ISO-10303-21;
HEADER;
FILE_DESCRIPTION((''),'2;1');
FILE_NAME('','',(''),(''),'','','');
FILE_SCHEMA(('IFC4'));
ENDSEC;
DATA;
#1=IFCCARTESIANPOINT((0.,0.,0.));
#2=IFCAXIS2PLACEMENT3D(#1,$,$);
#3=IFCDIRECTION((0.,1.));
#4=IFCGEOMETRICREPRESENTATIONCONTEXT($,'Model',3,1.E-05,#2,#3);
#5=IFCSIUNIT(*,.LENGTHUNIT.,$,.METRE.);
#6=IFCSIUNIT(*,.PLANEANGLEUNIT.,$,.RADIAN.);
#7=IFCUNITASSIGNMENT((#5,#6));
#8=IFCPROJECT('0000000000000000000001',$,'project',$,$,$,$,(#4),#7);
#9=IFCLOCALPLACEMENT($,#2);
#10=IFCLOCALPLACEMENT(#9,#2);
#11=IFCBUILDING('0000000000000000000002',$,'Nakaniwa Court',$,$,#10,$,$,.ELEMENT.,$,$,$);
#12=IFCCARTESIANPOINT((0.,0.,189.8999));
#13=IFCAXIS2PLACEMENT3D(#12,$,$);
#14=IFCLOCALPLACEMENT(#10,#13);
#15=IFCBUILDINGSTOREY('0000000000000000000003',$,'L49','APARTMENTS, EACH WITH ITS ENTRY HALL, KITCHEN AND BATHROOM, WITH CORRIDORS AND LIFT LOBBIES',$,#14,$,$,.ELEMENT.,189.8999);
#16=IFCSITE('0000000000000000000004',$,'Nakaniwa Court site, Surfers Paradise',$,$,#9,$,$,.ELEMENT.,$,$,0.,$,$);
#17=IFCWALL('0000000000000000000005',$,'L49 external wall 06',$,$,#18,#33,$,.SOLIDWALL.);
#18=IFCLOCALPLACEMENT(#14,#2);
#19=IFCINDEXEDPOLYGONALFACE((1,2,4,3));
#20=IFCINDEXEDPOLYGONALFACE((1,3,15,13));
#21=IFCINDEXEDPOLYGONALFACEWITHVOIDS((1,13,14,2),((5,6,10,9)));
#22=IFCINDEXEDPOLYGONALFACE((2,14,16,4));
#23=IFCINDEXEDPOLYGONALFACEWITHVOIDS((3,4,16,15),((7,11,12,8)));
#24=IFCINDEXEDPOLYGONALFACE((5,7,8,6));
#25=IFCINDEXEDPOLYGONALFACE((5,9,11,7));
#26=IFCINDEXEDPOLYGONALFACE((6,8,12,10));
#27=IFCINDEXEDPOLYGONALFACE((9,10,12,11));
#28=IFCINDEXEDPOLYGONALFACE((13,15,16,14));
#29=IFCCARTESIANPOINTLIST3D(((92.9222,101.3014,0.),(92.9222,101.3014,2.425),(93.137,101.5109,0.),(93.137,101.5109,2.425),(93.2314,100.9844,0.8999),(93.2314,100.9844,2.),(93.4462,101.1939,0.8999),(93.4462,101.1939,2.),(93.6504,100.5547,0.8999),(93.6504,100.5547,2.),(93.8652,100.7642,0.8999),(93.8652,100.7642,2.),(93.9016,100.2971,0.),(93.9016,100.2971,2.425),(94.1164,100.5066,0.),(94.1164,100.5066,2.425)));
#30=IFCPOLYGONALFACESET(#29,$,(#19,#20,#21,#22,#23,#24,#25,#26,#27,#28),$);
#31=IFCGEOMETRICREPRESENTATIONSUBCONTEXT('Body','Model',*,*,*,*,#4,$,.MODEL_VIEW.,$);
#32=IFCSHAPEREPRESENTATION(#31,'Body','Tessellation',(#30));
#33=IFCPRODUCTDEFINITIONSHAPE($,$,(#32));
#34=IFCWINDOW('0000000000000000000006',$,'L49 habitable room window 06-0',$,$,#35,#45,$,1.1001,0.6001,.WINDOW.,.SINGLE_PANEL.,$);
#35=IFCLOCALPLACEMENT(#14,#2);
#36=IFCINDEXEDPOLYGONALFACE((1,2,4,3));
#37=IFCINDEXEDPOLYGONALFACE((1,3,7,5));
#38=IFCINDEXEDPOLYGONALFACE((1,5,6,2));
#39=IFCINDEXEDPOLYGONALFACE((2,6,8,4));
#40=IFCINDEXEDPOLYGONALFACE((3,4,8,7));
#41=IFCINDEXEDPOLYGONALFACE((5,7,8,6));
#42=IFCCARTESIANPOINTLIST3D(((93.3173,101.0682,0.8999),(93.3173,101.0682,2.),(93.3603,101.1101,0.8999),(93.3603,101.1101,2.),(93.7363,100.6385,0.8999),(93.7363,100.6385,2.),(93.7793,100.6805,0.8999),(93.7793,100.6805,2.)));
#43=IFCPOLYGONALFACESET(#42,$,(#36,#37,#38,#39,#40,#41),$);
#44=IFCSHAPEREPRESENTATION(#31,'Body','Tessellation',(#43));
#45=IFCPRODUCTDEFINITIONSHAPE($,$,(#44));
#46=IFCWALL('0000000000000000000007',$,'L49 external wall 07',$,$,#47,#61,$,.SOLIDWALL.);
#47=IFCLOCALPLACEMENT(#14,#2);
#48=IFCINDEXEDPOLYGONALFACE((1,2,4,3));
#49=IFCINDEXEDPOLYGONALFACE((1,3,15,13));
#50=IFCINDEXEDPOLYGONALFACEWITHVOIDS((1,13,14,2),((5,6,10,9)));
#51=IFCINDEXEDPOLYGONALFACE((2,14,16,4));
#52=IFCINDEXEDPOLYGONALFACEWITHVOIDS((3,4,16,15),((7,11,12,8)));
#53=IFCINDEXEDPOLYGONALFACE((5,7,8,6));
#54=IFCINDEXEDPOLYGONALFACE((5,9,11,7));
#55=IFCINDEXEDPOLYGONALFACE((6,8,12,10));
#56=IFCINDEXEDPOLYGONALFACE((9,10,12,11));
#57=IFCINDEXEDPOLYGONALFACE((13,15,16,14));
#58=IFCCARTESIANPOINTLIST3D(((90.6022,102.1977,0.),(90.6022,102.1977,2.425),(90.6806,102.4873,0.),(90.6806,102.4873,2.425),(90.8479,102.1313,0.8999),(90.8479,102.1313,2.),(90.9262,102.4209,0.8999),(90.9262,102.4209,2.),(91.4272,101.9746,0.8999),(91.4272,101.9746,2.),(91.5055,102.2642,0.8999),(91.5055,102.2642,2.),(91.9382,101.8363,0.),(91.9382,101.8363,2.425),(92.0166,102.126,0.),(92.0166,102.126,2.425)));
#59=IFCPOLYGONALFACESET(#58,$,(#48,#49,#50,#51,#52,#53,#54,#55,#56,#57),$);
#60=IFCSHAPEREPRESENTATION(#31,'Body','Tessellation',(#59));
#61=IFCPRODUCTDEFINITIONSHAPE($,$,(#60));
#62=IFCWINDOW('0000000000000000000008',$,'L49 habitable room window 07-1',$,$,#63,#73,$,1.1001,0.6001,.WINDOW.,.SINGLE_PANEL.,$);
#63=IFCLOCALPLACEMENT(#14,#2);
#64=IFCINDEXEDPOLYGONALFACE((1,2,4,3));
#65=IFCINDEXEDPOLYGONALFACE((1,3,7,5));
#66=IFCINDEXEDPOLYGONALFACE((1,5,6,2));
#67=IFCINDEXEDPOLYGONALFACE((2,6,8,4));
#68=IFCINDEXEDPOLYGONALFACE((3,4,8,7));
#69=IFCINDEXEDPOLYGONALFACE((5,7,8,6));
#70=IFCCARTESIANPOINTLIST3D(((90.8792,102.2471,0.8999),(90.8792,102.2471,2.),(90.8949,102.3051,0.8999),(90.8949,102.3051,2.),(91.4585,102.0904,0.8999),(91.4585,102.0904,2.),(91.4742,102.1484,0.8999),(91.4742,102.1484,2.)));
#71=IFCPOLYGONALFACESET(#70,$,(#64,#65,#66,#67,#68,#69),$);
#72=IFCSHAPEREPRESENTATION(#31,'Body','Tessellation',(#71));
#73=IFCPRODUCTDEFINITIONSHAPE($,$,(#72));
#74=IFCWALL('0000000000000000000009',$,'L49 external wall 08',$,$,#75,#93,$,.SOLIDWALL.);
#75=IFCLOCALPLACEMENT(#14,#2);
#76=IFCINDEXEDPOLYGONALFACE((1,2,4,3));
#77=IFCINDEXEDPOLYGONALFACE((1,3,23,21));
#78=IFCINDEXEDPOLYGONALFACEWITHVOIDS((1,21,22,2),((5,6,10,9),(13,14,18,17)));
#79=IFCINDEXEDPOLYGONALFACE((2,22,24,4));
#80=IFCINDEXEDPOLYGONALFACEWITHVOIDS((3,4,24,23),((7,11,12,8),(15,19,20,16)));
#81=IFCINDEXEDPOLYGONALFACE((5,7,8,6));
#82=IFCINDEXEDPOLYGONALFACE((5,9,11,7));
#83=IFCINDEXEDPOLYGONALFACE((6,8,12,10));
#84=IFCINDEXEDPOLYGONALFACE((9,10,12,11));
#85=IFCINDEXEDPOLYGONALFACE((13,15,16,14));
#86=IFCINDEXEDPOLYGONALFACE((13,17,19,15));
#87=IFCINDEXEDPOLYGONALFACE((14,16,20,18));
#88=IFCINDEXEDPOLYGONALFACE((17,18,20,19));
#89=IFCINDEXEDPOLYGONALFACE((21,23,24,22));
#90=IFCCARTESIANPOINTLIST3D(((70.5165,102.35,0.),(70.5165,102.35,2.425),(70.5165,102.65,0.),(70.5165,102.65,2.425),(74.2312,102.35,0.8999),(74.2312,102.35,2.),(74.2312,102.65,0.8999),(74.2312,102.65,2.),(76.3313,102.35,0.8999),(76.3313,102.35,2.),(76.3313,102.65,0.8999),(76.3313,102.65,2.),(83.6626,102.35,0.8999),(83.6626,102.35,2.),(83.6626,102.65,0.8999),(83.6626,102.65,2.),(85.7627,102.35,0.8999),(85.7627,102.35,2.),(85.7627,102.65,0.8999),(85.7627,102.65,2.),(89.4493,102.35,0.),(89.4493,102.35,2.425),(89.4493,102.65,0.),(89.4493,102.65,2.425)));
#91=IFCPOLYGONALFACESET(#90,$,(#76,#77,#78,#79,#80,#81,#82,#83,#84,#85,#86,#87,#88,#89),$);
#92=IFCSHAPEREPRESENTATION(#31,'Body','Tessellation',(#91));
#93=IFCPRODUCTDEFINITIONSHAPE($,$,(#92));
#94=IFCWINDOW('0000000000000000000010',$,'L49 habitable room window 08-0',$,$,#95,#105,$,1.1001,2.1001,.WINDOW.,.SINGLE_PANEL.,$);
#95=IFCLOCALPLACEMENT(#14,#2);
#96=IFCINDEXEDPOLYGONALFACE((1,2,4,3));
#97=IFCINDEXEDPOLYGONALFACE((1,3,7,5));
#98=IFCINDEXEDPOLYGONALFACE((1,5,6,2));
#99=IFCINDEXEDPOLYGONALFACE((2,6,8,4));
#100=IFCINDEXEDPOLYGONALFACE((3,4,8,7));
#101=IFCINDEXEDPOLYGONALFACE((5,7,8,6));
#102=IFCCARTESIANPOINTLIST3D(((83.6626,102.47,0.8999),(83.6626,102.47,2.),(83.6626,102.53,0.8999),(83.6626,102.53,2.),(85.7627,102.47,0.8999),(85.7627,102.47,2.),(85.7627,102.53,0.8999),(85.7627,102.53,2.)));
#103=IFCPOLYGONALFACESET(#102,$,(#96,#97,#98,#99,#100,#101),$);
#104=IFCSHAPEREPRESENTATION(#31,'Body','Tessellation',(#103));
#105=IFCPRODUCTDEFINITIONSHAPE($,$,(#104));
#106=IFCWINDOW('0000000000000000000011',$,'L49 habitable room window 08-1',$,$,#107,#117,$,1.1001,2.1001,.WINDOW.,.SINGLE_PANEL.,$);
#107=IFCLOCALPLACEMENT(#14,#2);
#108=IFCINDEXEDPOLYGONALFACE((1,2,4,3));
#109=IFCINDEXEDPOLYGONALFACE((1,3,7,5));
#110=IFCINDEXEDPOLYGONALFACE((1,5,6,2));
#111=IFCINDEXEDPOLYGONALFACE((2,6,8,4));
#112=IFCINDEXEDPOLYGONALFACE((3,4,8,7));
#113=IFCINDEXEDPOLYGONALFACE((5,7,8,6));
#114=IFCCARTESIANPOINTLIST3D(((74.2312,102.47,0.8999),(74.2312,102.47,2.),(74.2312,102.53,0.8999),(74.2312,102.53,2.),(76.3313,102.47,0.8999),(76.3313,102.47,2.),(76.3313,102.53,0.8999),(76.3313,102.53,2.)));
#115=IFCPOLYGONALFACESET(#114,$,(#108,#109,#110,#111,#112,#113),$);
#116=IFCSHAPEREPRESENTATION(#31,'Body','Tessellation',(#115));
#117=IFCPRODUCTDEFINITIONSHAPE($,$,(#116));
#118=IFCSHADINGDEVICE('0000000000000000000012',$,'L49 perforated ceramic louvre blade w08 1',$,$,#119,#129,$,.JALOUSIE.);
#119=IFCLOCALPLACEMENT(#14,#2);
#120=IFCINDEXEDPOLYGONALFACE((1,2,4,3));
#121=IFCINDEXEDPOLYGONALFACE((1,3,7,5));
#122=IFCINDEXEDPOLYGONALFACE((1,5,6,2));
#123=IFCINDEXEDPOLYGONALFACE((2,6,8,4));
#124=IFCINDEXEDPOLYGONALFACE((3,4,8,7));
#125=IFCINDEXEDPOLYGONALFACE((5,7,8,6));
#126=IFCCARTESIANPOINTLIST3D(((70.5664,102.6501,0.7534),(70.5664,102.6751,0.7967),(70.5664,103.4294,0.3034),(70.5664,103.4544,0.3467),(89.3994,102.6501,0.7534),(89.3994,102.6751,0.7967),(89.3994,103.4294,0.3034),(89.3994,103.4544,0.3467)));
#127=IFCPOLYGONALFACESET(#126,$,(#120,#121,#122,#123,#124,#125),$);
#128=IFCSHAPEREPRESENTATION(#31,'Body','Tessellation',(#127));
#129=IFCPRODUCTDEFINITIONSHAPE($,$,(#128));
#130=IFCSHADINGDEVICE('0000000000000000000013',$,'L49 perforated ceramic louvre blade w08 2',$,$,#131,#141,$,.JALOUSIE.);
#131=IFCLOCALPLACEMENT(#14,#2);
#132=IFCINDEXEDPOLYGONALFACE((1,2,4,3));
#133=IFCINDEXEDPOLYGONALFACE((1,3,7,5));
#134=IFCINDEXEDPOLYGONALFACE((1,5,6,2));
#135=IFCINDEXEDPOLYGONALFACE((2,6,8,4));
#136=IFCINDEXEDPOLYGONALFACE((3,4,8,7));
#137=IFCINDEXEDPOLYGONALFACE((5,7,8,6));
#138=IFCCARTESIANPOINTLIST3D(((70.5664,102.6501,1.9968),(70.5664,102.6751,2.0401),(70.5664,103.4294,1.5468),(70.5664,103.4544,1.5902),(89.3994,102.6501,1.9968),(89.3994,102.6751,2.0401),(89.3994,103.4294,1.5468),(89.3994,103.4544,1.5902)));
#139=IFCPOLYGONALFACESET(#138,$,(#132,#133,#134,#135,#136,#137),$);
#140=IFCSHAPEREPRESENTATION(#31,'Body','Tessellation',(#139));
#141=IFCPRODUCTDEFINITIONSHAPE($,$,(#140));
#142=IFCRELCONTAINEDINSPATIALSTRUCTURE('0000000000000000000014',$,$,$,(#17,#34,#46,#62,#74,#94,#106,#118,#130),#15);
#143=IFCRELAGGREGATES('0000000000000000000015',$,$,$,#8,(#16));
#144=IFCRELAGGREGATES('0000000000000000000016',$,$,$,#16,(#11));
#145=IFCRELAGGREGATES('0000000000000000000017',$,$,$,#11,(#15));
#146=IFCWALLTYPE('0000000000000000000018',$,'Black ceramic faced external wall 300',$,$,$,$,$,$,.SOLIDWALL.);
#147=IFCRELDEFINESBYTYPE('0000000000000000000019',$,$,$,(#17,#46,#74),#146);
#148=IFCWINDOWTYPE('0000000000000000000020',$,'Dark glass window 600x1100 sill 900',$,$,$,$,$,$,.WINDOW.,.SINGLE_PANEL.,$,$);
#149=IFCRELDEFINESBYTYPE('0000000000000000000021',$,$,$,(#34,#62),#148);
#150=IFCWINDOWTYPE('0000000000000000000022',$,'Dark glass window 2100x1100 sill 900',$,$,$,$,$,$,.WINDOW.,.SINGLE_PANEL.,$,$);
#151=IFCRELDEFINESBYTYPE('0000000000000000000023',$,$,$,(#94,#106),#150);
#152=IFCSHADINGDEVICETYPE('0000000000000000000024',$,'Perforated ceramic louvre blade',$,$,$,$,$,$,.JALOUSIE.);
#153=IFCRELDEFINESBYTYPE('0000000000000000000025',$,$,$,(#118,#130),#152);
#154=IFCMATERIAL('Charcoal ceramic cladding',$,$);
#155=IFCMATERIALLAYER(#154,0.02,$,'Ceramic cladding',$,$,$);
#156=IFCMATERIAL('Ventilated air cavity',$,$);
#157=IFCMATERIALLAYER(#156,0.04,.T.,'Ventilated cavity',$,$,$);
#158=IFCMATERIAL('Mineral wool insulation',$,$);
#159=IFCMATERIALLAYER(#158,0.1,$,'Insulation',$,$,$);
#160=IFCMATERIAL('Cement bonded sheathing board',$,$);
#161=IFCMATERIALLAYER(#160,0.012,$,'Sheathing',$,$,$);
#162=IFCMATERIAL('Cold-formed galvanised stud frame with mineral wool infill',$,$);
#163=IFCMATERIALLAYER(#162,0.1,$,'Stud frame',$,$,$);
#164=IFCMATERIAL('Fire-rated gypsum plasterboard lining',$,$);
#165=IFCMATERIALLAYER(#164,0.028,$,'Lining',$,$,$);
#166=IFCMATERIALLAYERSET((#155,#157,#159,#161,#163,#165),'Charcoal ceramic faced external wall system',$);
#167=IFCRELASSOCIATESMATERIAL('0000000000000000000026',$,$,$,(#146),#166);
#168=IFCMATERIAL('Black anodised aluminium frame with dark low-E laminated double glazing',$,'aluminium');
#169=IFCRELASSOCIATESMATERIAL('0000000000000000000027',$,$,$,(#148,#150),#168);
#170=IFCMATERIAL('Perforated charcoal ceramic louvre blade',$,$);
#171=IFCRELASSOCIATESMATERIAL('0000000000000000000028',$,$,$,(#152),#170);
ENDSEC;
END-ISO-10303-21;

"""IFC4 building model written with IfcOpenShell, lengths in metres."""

from ifc_helpers import new_model, si_unit, direction, frame, frame_2d, origin, origin_2d, place, context, subcontext, project, spatial, rectangle, extrude, material, layer, layer_set, material_profile, profile_set, type_object, element, fill, save


model = new_model("IFC4")

# Units and contexts
model_context = context("Model", 3, precision=1e-05, world=origin(), true_north=direction((0.0, 1.0)))
body_context = subcontext(model_context, "Body", "Model", "MODEL_VIEW")
ifc_project = project(units=[si_unit("LENGTHUNIT", "METRE"), si_unit("PLANEANGLEUNIT", "RADIAN")], contexts=[model_context])

# Site, building, storey
site_placement = place(None, origin())
site = spatial("IfcSite", under=ifc_project, at=site_placement, Name="Nakaniwa Court site, Surfers Paradise", CompositionType="ELEMENT", RefElevation=0.0)
building_placement = place(site_placement, origin())
building = spatial("IfcBuilding", under=site, at=building_placement, Name="Nakaniwa Court", CompositionType="ELEMENT")
storey_placement = place(building_placement, frame((0.0, 0.0, 189.8999)))
storey = spatial("IfcBuildingStorey", under=building, at=storey_placement, Name="L49", Description="APARTMENTS, EACH WITH ITS ENTRY HALL, KITCHEN AND BATHROOM, WITH CORRIDORS AND LIFT LOBBIES", CompositionType="ELEMENT", Elevation=189.8999)

# Walls, openings, windows
ifc_material_1 = material(Name="Charcoal ceramic cladding")
ifc_layer_1 = layer(ifc_material_1, 0.02, Name="Ceramic cladding")
ifc_material_2 = material(Name="Ventilated air cavity")
ifc_layer_2 = layer(ifc_material_2, 0.04, ventilated=True, Name="Ventilated cavity")
ifc_material_3 = material(Name="Mineral wool insulation")
ifc_layer_3 = layer(ifc_material_3, 0.1, Name="Insulation")
ifc_material_4 = material(Name="Cement bonded sheathing board")
ifc_layer_4 = layer(ifc_material_4, 0.012, Name="Sheathing")
ifc_material_5 = material(Name="Cold-formed galvanised stud frame with mineral wool infill")
ifc_layer_5 = layer(ifc_material_5, 0.1, Name="Stud frame")
ifc_material_6 = material(Name="Fire-rated gypsum plasterboard lining")
ifc_layer_6 = layer(ifc_material_6, 0.028, Name="Lining")
ifc_layer_set_1 = layer_set([ifc_layer_1, ifc_layer_2, ifc_layer_3, ifc_layer_4, ifc_layer_5, ifc_layer_6], Name="Charcoal ceramic faced external wall system")
wall_type_1 = type_object("IfcWallType", Name="Black ceramic faced external wall 300", PredefinedType="SOLIDWALL", material=ifc_layer_set_1)
wall_1_placement = place(storey_placement, frame((94.009, 100.4019, 0.0), z_axis=(0.0, 0.0, 1.0), x_axis=(-0.698176, 0.715926, 0.0)))
wall_1 = element("IfcWall", 1, at=wall_1_placement, inside=storey, type_object=wall_type_1, Name="L49 external wall 06", PredefinedType="SOLIDWALL", context=body_context, shape_type="SweptSolid", body=[
    extrude(rectangle(XDim=1.4028, YDim=0.3, at=frame_2d((0.7014, 0.0))), origin(), (0.0, 0.0, 1.0), 2.425),
])
opening_1_placement = place(wall_1_placement, frame((0.3599, 0.0, 0.8999)))
opening_1 = element("IfcOpeningElement", 2, at=opening_1_placement, cuts=wall_1, PredefinedType="OPENING", context=body_context, shape_type="SweptSolid", body=[
    extrude(rectangle(XDim=0.6001, YDim=1.1001, at=frame_2d((0.3, 0.55))), frame((0.0, 0.1599, 0.0), z_axis=(0.0, -1.0, 0.0), x_axis=(1.0, 0.0, 0.0)), (0.0, 0.0, 1.0), 0.3201),
])
ifc_material_7 = material(Name="Black anodised aluminium frame with dark low-E laminated double glazing", Category="aluminium")
window_type_1 = type_object("IfcWindowType", Name="Dark glass window 600x1100 sill 900", PartitioningType="SINGLE_PANEL", PredefinedType="WINDOW", material=ifc_material_7)
window_1_placement = place(opening_1_placement, origin())
window_1 = element("IfcWindow", 3, at=window_1_placement, inside=storey, type_object=window_type_1, Name="L49 habitable room window 06-0", OverallHeight=1.1001, OverallWidth=0.6001, PartitioningType="SINGLE_PANEL", PredefinedType="WINDOW", context=body_context, shape_type="SweptSolid", body=[
    extrude(rectangle(XDim=0.6001, YDim=1.1001, at=frame_2d((0.3, 0.55))), frame((0.0, 0.03, 0.0), z_axis=(0.0, -1.0, 0.0), x_axis=(1.0, 0.0, 0.0)), (0.0, 0.0, 1.0), 0.0601),
])
fill(opening_1, window_1)
wall_2_placement = place(storey_placement, frame((91.9773, 101.9812, 0.0), z_axis=(0.0, 0.0, 1.0), x_axis=(-0.965315, 0.261087, 0.0)))
wall_2 = element("IfcWall", 4, at=wall_2_placement, inside=storey, type_object=wall_type_1, Name="L49 external wall 07", PredefinedType="SOLIDWALL", context=body_context, shape_type="SweptSolid", body=[
    extrude(rectangle(XDim=1.384, YDim=0.3, at=frame_2d((0.6919, 0.0))), origin(), (0.0, 0.0, 1.0), 2.425),
])
opening_2_placement = place(wall_2_placement, frame((0.5293, 0.0, 0.8999)))
opening_2 = element("IfcOpeningElement", 5, at=opening_2_placement, cuts=wall_2, PredefinedType="OPENING", context=body_context, shape_type="SweptSolid", body=[
    extrude(rectangle(XDim=0.6001, YDim=1.1001, at=frame_2d((0.3, 0.55))), frame((0.0, 0.1599, 0.0), z_axis=(0.0, -1.0, 0.0), x_axis=(1.0, 0.0, 0.0)), (0.0, 0.0, 1.0), 0.3201),
])
window_2_placement = place(opening_2_placement, origin())
window_2 = element("IfcWindow", 6, at=window_2_placement, inside=storey, type_object=window_type_1, Name="L49 habitable room window 07-1", OverallHeight=1.1001, OverallWidth=0.6001, PartitioningType="SINGLE_PANEL", PredefinedType="WINDOW", context=body_context, shape_type="SweptSolid", body=[
    extrude(rectangle(XDim=0.6001, YDim=1.1001, at=frame_2d((0.3, 0.55))), frame((0.0, 0.03, 0.0), z_axis=(0.0, -1.0, 0.0), x_axis=(1.0, 0.0, 0.0)), (0.0, 0.0, 1.0), 0.0601),
])
fill(opening_2, window_2)

# Wall, openings, windows
wall_3_placement = place(storey_placement, frame((89.4492, 102.5, 0.0), z_axis=(0.0, 0.0, 1.0), x_axis=(-1.0, 0.0, 0.0)))
wall_3 = element("IfcWall", 7, at=wall_3_placement, inside=storey, type_object=wall_type_1, Name="L49 external wall 08", PredefinedType="SOLIDWALL", context=body_context, shape_type="SweptSolid", body=[
    extrude(rectangle(XDim=18.9329, YDim=0.3, at=frame_2d((9.4663, 0.0))), origin(), (0.0, 0.0, 1.0), 2.425),
])
opening_3_placement = place(wall_3_placement, frame((3.6865, 0.0, 0.8999)))
opening_3 = element("IfcOpeningElement", 8, at=opening_3_placement, cuts=wall_3, PredefinedType="OPENING", context=body_context, shape_type="SweptSolid", body=[
    extrude(rectangle(XDim=2.1001, YDim=1.1001, at=frame_2d((1.05, 0.55))), frame((0.0, 0.1599, 0.0), z_axis=(0.0, -1.0, 0.0), x_axis=(1.0, 0.0, 0.0)), (0.0, 0.0, 1.0), 0.3201),
])
opening_4_placement = place(wall_3_placement, frame((13.1179, 0.0, 0.8999)))
opening_4 = element("IfcOpeningElement", 9, at=opening_4_placement, cuts=wall_3, PredefinedType="OPENING", context=body_context, shape_type="SweptSolid", body=[
    extrude(rectangle(XDim=2.1001, YDim=1.1001, at=frame_2d((1.05, 0.55))), frame((0.0, 0.1599, 0.0), z_axis=(0.0, -1.0, 0.0), x_axis=(1.0, 0.0, 0.0)), (0.0, 0.0, 1.0), 0.3201),
])
window_type_2 = type_object("IfcWindowType", Name="Dark glass window 2100x1100 sill 900", PartitioningType="SINGLE_PANEL", PredefinedType="WINDOW", material=ifc_material_7)
window_3_placement = place(opening_3_placement, origin())
window_3 = element("IfcWindow", 10, at=window_3_placement, inside=storey, type_object=window_type_2, Name="L49 habitable room window 08-0", OverallHeight=1.1001, OverallWidth=2.1001, PartitioningType="SINGLE_PANEL", PredefinedType="WINDOW", context=body_context, shape_type="SweptSolid", body=[
    extrude(rectangle(XDim=2.1001, YDim=1.1001, at=frame_2d((1.05, 0.55))), frame((0.0, 0.03, 0.0), z_axis=(0.0, -1.0, 0.0), x_axis=(1.0, 0.0, 0.0)), (0.0, 0.0, 1.0), 0.0601),
])
fill(opening_3, window_3)
window_4_placement = place(opening_4_placement, origin())
window_4 = element("IfcWindow", 11, at=window_4_placement, inside=storey, type_object=window_type_2, Name="L49 habitable room window 08-1", OverallHeight=1.1001, OverallWidth=2.1001, PartitioningType="SINGLE_PANEL", PredefinedType="WINDOW", context=body_context, shape_type="SweptSolid", body=[
    extrude(rectangle(XDim=2.1001, YDim=1.1001, at=frame_2d((1.05, 0.55))), frame((0.0, 0.03, 0.0), z_axis=(0.0, -1.0, 0.0), x_axis=(1.0, 0.0, 0.0)), (0.0, 0.0, 1.0), 0.0601),
])
fill(opening_4, window_4)

# Shading devices
ifc_material_8 = material(Name="Perforated charcoal ceramic louvre blade")
ifc_material_profile_1 = material_profile(ifc_material_8, rectangle(XDim=0.8999, YDim=0.05, at=origin_2d()), Name="Perforated ceramic louvre blade")
ifc_profile_set_1 = profile_set([ifc_material_profile_1], Name="Perforated charcoal ceramic louvre blade")
shading_device_type = type_object("IfcShadingDeviceType", Name="Perforated ceramic louvre blade", PredefinedType="JALOUSIE", material=ifc_profile_set_1)
for number, where, z_axis, x_axis, name in (
    (12, (89.3994, 103.0522, 0.55), (-1.0, 0.0, 0.0), (0.0, -0.866025, 0.5), "L49 perforated ceramic louvre blade w08 1"),
    (13, (89.3994, 103.0522, 1.7935), (-1.0, 0.0, 0.0), (0.0, -0.866025, 0.5), "L49 perforated ceramic louvre blade w08 2"),
):
    element("IfcShadingDevice", number, at=place(storey_placement, frame(where, z_axis=z_axis, x_axis=x_axis)), inside=storey, type_object=shading_device_type, Name=name, PredefinedType="JALOUSIE", context=body_context, shape_type="SweptSolid", body=[
        extrude(rectangle(XDim=0.8999, YDim=0.05, at=origin_2d()), origin(), (0.0, 0.0, 1.0), 18.833),
    ])

save(model, "model.ifc")
